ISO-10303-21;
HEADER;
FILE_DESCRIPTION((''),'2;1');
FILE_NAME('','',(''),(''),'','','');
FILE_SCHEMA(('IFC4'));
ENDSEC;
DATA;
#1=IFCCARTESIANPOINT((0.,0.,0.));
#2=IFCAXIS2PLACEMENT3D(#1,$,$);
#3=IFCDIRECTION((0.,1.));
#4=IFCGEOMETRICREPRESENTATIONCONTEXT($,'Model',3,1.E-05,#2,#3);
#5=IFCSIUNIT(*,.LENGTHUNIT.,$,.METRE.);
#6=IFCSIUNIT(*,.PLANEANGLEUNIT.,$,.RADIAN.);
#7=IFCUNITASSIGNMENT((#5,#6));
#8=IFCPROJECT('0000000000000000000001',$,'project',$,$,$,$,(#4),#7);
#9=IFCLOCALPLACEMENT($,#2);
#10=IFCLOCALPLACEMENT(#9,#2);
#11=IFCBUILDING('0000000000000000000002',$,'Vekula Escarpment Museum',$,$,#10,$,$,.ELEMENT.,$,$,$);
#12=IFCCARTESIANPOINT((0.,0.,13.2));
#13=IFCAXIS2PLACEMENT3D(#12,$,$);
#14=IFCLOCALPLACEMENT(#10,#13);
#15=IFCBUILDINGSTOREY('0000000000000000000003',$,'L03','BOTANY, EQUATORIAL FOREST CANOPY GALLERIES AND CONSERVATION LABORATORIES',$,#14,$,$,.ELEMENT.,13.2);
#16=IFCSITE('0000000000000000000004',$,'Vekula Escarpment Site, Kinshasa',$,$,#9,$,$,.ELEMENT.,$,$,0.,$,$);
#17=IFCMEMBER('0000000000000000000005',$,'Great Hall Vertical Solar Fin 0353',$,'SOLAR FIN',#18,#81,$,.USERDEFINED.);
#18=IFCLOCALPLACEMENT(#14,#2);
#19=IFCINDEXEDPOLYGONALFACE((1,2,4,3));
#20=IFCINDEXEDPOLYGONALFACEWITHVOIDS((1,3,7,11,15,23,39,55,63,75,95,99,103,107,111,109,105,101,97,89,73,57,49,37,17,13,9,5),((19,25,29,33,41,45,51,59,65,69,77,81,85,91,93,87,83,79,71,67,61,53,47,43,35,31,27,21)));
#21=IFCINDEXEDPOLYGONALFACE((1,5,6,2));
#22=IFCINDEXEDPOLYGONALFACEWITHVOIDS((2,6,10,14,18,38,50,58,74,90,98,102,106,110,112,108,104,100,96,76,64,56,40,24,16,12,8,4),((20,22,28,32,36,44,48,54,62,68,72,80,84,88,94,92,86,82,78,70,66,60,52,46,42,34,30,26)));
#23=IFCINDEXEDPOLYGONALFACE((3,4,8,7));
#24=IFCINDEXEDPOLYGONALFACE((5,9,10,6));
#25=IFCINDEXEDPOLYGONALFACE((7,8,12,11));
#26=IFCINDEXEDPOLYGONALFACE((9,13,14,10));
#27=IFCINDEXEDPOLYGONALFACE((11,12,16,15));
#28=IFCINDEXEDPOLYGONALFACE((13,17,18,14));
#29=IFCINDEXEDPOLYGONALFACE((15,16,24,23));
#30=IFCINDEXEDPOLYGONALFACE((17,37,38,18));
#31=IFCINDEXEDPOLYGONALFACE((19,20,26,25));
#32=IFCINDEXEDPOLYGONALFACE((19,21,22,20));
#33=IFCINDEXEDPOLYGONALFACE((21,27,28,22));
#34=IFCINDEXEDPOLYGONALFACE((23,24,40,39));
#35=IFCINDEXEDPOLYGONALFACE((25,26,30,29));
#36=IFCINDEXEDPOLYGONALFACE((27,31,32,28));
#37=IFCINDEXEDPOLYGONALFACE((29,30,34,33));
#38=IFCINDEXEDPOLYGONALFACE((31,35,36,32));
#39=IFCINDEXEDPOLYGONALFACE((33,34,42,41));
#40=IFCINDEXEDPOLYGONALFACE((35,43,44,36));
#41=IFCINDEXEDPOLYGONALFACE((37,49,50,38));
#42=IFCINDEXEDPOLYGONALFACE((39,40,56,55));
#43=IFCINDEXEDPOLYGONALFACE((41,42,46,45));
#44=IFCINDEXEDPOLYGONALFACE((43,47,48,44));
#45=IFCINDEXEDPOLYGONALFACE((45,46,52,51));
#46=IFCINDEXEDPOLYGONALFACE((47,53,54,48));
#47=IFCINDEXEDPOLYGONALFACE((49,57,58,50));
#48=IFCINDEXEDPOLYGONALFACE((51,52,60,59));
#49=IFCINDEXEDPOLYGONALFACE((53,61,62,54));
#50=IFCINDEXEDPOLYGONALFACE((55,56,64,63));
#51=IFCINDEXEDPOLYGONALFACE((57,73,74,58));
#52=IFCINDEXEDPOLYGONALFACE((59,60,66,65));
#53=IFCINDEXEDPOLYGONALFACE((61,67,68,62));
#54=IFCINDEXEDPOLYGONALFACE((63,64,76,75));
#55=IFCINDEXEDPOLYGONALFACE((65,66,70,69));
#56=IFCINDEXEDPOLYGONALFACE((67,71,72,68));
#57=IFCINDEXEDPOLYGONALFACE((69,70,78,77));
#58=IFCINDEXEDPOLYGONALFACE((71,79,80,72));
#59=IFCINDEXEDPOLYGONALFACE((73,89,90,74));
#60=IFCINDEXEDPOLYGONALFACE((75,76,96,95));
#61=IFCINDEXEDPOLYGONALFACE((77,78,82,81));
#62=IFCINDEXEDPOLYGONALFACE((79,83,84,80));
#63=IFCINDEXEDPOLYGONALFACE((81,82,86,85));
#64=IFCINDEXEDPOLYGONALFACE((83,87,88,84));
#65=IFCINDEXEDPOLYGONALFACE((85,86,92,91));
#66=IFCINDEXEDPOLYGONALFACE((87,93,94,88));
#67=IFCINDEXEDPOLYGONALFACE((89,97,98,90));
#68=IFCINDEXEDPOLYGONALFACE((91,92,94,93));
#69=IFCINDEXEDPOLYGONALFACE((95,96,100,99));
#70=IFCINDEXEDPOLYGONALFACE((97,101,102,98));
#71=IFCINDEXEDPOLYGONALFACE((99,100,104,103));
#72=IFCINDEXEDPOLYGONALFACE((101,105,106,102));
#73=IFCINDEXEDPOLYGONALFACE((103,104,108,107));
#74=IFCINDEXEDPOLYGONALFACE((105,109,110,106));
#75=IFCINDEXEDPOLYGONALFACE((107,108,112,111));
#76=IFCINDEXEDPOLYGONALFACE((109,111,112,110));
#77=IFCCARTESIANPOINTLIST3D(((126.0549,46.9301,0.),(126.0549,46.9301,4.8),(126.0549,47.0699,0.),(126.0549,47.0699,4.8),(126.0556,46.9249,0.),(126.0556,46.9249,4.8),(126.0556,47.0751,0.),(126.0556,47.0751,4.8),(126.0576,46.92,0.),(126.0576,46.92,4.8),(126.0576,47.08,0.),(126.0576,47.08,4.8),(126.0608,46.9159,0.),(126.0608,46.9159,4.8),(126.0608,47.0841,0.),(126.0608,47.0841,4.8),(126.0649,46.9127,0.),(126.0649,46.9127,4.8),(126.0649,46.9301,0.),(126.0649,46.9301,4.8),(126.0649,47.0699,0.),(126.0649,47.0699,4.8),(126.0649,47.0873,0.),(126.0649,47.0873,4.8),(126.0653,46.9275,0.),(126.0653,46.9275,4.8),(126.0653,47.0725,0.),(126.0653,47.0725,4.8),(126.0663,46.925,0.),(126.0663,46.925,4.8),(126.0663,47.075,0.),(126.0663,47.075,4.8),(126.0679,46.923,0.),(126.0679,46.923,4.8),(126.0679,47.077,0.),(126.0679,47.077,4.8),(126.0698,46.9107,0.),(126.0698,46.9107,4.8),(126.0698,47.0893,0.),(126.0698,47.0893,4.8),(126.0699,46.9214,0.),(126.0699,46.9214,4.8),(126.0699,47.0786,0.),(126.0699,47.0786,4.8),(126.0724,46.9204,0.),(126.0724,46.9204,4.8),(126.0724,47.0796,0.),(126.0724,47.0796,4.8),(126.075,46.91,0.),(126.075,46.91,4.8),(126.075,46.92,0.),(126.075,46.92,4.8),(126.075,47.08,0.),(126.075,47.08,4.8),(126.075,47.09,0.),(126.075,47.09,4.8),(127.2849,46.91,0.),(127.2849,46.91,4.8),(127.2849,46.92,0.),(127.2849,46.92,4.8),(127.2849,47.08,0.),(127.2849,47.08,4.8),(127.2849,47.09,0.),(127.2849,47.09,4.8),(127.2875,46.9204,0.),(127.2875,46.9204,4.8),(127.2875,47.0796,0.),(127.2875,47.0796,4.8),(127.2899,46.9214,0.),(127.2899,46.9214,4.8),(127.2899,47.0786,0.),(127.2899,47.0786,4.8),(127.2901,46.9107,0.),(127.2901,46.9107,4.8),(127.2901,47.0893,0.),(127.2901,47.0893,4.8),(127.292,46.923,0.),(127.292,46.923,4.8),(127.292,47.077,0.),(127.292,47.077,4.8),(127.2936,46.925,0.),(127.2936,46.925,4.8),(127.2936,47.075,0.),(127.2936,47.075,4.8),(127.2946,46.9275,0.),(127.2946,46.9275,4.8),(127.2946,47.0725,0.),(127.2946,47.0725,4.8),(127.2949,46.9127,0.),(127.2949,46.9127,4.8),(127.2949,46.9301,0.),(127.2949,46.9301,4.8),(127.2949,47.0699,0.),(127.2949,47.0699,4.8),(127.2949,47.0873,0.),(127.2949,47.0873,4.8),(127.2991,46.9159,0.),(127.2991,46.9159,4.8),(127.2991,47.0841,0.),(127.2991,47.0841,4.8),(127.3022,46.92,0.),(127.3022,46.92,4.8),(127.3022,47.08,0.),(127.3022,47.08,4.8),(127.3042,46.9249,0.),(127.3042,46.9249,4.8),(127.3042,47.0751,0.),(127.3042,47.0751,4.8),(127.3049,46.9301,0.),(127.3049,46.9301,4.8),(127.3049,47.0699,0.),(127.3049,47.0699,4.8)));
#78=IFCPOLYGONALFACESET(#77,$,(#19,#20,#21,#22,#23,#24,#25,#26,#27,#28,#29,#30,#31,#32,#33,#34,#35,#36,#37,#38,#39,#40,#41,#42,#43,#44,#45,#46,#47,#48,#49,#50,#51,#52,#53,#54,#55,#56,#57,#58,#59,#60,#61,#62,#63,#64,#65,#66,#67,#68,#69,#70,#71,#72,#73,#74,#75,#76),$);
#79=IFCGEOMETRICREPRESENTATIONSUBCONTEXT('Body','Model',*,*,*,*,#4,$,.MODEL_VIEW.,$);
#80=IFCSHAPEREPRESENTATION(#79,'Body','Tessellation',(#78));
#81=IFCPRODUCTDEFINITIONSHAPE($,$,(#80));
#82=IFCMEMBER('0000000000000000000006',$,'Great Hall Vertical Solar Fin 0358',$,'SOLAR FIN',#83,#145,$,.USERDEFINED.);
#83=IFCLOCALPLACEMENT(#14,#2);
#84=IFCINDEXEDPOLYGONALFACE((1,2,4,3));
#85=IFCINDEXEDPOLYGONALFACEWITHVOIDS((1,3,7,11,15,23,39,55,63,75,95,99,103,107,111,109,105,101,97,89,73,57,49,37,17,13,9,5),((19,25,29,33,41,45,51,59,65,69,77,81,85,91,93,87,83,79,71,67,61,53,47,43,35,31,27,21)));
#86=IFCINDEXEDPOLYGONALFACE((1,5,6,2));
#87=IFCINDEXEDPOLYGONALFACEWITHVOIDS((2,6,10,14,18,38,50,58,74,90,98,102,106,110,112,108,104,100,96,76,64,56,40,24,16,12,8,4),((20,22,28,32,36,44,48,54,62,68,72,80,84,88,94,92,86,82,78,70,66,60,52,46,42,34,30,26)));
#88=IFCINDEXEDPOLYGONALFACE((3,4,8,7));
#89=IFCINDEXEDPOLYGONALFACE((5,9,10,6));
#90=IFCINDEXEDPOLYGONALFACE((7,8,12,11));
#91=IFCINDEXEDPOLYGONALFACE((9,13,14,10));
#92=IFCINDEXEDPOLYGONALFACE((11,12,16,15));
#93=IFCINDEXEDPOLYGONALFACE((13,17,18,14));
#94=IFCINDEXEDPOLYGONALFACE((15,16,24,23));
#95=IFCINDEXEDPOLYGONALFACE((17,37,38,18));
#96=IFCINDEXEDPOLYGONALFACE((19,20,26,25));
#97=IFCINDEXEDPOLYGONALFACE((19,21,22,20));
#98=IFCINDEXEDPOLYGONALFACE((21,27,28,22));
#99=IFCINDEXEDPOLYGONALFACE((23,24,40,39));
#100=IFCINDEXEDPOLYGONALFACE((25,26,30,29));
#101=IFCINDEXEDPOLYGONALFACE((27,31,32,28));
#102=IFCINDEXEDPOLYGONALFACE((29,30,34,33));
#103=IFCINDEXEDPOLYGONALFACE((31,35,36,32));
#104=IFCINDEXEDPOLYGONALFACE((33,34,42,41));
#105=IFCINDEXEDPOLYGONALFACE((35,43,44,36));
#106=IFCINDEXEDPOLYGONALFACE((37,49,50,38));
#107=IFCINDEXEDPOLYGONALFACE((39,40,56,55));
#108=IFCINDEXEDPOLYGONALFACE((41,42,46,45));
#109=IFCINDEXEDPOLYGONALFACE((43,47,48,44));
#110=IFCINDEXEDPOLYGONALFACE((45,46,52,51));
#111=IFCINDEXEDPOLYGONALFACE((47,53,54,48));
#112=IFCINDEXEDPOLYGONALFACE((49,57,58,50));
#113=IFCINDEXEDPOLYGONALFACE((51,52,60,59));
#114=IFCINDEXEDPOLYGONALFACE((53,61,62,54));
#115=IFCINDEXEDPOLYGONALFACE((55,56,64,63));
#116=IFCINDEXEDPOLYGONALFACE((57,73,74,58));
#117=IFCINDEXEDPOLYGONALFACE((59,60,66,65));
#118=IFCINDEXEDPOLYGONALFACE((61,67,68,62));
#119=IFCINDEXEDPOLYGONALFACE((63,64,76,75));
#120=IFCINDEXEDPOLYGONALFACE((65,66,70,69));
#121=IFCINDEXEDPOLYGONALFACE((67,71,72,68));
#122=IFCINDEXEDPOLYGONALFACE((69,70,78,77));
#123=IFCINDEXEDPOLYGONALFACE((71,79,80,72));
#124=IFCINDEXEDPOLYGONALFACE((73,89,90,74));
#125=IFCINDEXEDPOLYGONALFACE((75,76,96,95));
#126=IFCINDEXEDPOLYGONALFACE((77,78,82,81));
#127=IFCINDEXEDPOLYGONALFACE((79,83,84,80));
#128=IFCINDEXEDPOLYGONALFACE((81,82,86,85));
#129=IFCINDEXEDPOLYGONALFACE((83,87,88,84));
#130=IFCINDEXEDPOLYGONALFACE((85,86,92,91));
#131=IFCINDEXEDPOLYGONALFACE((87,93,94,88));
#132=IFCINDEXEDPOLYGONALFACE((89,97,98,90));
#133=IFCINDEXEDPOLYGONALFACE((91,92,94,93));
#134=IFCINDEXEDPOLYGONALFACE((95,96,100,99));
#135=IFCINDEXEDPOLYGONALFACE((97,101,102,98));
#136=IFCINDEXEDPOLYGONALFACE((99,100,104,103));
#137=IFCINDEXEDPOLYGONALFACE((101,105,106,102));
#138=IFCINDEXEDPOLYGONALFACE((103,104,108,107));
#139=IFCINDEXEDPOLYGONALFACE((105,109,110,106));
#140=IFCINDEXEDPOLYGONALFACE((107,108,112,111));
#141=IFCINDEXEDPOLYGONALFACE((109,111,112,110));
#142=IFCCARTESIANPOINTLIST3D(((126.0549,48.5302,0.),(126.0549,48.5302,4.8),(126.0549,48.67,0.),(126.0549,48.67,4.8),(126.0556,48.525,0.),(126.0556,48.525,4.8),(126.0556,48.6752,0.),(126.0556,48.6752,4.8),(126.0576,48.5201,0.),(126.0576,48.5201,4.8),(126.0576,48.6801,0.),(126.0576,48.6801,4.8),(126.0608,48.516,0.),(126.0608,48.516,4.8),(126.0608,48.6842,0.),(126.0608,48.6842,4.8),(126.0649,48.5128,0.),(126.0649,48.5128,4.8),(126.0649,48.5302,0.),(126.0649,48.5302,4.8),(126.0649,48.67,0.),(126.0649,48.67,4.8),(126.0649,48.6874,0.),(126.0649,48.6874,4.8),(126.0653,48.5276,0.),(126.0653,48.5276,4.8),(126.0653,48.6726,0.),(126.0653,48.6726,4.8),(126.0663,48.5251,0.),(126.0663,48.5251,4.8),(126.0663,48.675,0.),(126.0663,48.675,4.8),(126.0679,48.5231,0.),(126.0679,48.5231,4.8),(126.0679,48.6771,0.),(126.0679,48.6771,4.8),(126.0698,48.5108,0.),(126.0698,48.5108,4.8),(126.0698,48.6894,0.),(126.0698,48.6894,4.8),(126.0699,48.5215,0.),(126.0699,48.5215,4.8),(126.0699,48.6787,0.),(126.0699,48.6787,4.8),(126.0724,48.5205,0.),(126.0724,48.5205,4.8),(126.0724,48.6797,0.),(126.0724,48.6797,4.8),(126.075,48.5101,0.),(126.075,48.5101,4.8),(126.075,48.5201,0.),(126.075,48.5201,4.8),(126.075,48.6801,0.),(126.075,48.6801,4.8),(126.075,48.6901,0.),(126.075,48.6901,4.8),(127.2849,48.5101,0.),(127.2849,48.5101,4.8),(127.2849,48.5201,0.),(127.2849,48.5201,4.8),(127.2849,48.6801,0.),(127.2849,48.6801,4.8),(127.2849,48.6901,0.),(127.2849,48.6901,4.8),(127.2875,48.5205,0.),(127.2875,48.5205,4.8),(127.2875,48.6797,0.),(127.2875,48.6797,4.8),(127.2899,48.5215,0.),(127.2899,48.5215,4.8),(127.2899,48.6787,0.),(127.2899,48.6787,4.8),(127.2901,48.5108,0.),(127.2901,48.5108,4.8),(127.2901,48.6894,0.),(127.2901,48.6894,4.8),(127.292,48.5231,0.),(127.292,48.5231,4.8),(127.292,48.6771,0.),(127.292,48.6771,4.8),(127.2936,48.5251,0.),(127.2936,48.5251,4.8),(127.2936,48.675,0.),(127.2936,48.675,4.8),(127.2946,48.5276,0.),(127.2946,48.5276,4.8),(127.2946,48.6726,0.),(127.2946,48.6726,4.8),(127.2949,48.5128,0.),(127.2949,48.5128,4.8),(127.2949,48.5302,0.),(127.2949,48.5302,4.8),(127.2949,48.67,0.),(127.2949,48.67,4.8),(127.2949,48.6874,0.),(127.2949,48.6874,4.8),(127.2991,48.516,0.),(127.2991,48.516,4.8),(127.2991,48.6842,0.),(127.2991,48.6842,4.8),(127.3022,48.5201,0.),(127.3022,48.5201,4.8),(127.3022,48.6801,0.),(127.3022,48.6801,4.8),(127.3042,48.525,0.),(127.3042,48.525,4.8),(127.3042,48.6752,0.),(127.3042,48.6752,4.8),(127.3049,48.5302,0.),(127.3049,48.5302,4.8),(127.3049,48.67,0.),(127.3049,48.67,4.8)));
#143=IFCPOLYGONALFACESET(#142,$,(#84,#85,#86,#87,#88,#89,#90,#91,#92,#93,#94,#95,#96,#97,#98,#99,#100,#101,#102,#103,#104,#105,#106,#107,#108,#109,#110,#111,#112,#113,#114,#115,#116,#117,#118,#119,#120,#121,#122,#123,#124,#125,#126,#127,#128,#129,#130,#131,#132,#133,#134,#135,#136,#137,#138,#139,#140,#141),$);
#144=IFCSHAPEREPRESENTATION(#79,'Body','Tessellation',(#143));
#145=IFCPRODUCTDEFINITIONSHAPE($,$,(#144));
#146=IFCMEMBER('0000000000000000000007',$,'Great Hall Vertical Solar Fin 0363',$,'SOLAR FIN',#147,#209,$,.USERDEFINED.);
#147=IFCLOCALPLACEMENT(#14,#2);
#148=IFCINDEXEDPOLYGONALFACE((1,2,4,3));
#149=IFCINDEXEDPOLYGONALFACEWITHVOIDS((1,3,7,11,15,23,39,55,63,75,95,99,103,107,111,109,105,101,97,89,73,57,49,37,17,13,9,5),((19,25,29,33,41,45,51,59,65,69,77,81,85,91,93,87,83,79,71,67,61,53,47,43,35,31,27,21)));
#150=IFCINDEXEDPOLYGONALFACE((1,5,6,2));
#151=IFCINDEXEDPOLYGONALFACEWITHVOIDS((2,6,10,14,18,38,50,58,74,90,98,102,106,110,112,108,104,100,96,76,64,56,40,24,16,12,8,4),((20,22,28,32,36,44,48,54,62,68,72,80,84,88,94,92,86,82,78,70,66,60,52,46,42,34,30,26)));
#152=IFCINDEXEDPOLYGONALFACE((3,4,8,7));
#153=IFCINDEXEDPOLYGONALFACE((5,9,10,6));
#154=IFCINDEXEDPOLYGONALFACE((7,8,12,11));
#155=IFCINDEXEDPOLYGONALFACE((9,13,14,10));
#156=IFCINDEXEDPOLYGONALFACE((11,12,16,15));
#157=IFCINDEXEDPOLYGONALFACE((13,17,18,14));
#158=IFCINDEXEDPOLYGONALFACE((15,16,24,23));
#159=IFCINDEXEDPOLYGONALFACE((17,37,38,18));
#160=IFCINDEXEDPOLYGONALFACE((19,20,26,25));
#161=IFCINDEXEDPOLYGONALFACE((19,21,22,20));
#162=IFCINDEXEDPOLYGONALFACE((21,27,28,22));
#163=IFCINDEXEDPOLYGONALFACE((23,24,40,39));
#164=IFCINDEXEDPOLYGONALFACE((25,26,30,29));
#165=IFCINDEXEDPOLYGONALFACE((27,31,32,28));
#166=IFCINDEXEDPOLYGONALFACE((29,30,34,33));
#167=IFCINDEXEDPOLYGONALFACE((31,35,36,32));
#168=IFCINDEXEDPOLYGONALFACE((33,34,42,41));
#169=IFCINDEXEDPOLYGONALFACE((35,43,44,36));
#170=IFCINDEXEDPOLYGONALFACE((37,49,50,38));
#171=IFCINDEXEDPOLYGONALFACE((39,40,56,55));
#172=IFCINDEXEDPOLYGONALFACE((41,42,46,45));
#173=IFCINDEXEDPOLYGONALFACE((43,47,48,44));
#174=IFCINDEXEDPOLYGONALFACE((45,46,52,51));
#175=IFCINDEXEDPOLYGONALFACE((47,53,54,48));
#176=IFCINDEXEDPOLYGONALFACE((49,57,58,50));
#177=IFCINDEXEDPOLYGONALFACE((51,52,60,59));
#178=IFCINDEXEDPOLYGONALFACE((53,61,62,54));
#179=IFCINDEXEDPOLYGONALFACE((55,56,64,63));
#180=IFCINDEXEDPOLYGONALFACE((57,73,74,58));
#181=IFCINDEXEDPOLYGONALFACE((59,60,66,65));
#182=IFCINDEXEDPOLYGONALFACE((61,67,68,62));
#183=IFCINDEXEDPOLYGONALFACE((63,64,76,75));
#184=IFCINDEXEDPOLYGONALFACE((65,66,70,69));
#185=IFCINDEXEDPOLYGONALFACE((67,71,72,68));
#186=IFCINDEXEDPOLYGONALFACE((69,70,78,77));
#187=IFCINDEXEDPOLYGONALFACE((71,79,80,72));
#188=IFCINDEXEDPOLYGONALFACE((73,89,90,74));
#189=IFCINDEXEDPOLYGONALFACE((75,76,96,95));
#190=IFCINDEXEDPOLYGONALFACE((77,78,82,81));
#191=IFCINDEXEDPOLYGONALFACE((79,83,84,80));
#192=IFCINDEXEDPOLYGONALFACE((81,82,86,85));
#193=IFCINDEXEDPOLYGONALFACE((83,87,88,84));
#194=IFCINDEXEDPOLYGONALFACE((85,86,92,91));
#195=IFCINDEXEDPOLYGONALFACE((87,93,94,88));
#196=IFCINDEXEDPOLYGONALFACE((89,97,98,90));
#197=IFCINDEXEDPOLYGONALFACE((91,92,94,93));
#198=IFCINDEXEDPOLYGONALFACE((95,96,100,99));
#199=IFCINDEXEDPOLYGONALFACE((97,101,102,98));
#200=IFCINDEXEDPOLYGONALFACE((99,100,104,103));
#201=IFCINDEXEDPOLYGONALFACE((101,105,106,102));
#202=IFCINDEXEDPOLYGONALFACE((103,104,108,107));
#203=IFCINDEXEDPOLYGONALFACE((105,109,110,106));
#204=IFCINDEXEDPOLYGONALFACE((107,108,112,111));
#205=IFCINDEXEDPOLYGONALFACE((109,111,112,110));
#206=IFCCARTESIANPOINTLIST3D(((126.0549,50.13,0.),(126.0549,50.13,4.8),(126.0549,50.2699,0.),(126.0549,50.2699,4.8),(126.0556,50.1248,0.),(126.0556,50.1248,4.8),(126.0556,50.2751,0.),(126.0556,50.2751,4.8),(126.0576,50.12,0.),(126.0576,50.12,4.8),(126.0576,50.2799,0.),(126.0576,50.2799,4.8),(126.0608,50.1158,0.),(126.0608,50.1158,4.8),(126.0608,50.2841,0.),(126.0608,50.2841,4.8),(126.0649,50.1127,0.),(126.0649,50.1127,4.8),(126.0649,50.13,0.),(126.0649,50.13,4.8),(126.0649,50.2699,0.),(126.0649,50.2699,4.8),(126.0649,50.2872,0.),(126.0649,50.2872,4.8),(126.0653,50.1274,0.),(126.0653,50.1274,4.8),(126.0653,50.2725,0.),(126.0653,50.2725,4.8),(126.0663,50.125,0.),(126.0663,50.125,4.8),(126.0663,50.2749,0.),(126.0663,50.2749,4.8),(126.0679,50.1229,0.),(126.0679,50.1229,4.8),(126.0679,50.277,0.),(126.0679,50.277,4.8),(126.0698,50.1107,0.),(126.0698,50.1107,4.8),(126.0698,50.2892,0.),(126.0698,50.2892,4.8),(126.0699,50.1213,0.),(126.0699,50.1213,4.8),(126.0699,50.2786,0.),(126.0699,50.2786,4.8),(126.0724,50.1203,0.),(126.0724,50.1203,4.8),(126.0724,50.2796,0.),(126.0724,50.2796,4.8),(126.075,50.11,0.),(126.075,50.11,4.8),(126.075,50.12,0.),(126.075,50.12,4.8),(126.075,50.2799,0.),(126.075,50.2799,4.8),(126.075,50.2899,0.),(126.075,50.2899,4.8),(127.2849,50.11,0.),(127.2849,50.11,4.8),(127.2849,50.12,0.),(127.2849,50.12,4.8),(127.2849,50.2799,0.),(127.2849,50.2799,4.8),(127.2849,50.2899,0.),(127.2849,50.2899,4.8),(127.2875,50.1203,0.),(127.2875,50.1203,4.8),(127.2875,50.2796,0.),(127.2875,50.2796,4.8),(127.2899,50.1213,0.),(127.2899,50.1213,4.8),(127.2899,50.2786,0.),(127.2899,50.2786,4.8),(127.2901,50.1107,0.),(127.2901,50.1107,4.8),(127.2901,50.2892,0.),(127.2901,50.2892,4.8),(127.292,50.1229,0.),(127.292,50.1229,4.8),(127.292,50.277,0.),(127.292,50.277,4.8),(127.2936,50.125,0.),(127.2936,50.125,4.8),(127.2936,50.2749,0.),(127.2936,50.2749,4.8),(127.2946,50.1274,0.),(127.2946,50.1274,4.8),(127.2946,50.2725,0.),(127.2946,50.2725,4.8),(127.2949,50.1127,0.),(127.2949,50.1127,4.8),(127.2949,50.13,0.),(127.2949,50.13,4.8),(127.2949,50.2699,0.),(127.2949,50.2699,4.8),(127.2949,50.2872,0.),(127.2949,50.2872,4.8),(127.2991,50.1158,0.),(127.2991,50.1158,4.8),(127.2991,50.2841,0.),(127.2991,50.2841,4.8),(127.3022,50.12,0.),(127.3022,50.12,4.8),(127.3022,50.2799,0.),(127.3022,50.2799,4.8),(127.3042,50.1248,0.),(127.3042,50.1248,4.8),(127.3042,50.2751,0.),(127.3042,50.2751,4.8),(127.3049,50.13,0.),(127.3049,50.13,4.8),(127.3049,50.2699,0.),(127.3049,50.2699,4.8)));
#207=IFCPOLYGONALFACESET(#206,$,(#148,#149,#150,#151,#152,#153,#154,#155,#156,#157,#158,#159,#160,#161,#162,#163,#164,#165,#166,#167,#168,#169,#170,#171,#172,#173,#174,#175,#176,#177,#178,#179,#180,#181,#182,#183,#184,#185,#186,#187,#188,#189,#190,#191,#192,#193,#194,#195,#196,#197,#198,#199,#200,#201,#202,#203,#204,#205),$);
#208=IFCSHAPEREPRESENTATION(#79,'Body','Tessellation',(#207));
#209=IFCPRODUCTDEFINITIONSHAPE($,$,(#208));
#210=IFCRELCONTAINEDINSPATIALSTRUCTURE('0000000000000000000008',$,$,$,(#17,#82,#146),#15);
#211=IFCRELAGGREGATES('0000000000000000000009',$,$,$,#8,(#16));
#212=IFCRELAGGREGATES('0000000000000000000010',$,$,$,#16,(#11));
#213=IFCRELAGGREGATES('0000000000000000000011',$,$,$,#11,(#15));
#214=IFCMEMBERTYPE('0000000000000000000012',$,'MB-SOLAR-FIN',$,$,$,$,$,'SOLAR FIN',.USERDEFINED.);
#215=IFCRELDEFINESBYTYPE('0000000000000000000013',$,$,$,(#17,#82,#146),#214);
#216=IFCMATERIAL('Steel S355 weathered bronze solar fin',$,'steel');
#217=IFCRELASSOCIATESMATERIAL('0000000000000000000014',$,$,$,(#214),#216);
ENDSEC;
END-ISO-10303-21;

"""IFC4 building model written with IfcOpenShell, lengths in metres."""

from ifc_helpers import new_model, si_unit, direction, frame, origin, origin_2d, place, context, subcontext, project, spatial, hollow_rectangle, extrude, material, material_profile, profile_set, type_object, element, save


model = new_model("IFC4")

# Units and contexts
model_context = context("Model", 3, precision=1e-05, world=origin(), true_north=direction((0.0, 1.0)))
body_context = subcontext(model_context, "Body", "Model", "MODEL_VIEW")
ifc_project = project(units=[si_unit("LENGTHUNIT", "METRE"), si_unit("PLANEANGLEUNIT", "RADIAN")], contexts=[model_context])

# Site, building, storey
site_placement = place(None, origin())
site = spatial("IfcSite", under=ifc_project, at=site_placement, Name="Vekula Escarpment Site, Kinshasa", CompositionType="ELEMENT", RefElevation=0.0)
building_placement = place(site_placement, origin())
building = spatial("IfcBuilding", under=site, at=building_placement, Name="Vekula Escarpment Museum", CompositionType="ELEMENT")
storey_placement = place(building_placement, frame((0.0, 0.0, 13.2)))
storey = spatial("IfcBuildingStorey", under=building, at=storey_placement, Name="L03", Description="BOTANY, EQUATORIAL FOREST CANOPY GALLERIES AND CONSERVATION LABORATORIES", CompositionType="ELEMENT", Elevation=13.2)

# Members
ifc_material_1 = material(Name="Steel S355 weathered bronze solar fin", Category="steel")
ifc_material_profile_1 = material_profile(ifc_material_1, hollow_rectangle(XDim=0.1799, YDim=1.25, WallThickness=0.01, InnerFilletRadius=0.01, OuterFilletRadius=0.02, at=origin_2d()), Name="RHS 1250x180x10")
ifc_profile_set_1 = profile_set([ifc_material_profile_1], Name="Steel S355 weathered bronze solar fin")
member_type_1 = type_object("IfcMemberType", Name="MB-SOLAR-FIN", ElementType="SOLAR FIN", PredefinedType="USERDEFINED", material=ifc_profile_set_1)
for number, where, z_axis, x_axis, name in (
    (1, (126.6799, 47.0, 0.0), (0.0, 0.0, 1.0), (0.0, 1.0, 0.0), "Great Hall Vertical Solar Fin 0353"),
    (2, (126.6799, 48.6001, 0.0), (0.0, 0.0, 1.0), (0.0, 1.0, 0.0), "Great Hall Vertical Solar Fin 0358"),
    (3, (126.6799, 50.2, 0.0), (0.0, 0.0, 1.0), (0.0, 1.0, 0.0), "Great Hall Vertical Solar Fin 0363"),
):
    element("IfcMember", number, at=place(storey_placement, frame(where, z_axis=z_axis, x_axis=x_axis)), inside=storey, type_object=member_type_1, Name=name, ObjectType="SOLAR FIN", PredefinedType="USERDEFINED", context=body_context, shape_type="SweptSolid", body=[
        extrude(hollow_rectangle(XDim=0.1799, YDim=1.25, WallThickness=0.01, InnerFilletRadius=0.01, OuterFilletRadius=0.02, at=origin_2d()), origin(), (0.0, 0.0, 1.0), 4.8),
    ])

save(model, "model.ifc")
